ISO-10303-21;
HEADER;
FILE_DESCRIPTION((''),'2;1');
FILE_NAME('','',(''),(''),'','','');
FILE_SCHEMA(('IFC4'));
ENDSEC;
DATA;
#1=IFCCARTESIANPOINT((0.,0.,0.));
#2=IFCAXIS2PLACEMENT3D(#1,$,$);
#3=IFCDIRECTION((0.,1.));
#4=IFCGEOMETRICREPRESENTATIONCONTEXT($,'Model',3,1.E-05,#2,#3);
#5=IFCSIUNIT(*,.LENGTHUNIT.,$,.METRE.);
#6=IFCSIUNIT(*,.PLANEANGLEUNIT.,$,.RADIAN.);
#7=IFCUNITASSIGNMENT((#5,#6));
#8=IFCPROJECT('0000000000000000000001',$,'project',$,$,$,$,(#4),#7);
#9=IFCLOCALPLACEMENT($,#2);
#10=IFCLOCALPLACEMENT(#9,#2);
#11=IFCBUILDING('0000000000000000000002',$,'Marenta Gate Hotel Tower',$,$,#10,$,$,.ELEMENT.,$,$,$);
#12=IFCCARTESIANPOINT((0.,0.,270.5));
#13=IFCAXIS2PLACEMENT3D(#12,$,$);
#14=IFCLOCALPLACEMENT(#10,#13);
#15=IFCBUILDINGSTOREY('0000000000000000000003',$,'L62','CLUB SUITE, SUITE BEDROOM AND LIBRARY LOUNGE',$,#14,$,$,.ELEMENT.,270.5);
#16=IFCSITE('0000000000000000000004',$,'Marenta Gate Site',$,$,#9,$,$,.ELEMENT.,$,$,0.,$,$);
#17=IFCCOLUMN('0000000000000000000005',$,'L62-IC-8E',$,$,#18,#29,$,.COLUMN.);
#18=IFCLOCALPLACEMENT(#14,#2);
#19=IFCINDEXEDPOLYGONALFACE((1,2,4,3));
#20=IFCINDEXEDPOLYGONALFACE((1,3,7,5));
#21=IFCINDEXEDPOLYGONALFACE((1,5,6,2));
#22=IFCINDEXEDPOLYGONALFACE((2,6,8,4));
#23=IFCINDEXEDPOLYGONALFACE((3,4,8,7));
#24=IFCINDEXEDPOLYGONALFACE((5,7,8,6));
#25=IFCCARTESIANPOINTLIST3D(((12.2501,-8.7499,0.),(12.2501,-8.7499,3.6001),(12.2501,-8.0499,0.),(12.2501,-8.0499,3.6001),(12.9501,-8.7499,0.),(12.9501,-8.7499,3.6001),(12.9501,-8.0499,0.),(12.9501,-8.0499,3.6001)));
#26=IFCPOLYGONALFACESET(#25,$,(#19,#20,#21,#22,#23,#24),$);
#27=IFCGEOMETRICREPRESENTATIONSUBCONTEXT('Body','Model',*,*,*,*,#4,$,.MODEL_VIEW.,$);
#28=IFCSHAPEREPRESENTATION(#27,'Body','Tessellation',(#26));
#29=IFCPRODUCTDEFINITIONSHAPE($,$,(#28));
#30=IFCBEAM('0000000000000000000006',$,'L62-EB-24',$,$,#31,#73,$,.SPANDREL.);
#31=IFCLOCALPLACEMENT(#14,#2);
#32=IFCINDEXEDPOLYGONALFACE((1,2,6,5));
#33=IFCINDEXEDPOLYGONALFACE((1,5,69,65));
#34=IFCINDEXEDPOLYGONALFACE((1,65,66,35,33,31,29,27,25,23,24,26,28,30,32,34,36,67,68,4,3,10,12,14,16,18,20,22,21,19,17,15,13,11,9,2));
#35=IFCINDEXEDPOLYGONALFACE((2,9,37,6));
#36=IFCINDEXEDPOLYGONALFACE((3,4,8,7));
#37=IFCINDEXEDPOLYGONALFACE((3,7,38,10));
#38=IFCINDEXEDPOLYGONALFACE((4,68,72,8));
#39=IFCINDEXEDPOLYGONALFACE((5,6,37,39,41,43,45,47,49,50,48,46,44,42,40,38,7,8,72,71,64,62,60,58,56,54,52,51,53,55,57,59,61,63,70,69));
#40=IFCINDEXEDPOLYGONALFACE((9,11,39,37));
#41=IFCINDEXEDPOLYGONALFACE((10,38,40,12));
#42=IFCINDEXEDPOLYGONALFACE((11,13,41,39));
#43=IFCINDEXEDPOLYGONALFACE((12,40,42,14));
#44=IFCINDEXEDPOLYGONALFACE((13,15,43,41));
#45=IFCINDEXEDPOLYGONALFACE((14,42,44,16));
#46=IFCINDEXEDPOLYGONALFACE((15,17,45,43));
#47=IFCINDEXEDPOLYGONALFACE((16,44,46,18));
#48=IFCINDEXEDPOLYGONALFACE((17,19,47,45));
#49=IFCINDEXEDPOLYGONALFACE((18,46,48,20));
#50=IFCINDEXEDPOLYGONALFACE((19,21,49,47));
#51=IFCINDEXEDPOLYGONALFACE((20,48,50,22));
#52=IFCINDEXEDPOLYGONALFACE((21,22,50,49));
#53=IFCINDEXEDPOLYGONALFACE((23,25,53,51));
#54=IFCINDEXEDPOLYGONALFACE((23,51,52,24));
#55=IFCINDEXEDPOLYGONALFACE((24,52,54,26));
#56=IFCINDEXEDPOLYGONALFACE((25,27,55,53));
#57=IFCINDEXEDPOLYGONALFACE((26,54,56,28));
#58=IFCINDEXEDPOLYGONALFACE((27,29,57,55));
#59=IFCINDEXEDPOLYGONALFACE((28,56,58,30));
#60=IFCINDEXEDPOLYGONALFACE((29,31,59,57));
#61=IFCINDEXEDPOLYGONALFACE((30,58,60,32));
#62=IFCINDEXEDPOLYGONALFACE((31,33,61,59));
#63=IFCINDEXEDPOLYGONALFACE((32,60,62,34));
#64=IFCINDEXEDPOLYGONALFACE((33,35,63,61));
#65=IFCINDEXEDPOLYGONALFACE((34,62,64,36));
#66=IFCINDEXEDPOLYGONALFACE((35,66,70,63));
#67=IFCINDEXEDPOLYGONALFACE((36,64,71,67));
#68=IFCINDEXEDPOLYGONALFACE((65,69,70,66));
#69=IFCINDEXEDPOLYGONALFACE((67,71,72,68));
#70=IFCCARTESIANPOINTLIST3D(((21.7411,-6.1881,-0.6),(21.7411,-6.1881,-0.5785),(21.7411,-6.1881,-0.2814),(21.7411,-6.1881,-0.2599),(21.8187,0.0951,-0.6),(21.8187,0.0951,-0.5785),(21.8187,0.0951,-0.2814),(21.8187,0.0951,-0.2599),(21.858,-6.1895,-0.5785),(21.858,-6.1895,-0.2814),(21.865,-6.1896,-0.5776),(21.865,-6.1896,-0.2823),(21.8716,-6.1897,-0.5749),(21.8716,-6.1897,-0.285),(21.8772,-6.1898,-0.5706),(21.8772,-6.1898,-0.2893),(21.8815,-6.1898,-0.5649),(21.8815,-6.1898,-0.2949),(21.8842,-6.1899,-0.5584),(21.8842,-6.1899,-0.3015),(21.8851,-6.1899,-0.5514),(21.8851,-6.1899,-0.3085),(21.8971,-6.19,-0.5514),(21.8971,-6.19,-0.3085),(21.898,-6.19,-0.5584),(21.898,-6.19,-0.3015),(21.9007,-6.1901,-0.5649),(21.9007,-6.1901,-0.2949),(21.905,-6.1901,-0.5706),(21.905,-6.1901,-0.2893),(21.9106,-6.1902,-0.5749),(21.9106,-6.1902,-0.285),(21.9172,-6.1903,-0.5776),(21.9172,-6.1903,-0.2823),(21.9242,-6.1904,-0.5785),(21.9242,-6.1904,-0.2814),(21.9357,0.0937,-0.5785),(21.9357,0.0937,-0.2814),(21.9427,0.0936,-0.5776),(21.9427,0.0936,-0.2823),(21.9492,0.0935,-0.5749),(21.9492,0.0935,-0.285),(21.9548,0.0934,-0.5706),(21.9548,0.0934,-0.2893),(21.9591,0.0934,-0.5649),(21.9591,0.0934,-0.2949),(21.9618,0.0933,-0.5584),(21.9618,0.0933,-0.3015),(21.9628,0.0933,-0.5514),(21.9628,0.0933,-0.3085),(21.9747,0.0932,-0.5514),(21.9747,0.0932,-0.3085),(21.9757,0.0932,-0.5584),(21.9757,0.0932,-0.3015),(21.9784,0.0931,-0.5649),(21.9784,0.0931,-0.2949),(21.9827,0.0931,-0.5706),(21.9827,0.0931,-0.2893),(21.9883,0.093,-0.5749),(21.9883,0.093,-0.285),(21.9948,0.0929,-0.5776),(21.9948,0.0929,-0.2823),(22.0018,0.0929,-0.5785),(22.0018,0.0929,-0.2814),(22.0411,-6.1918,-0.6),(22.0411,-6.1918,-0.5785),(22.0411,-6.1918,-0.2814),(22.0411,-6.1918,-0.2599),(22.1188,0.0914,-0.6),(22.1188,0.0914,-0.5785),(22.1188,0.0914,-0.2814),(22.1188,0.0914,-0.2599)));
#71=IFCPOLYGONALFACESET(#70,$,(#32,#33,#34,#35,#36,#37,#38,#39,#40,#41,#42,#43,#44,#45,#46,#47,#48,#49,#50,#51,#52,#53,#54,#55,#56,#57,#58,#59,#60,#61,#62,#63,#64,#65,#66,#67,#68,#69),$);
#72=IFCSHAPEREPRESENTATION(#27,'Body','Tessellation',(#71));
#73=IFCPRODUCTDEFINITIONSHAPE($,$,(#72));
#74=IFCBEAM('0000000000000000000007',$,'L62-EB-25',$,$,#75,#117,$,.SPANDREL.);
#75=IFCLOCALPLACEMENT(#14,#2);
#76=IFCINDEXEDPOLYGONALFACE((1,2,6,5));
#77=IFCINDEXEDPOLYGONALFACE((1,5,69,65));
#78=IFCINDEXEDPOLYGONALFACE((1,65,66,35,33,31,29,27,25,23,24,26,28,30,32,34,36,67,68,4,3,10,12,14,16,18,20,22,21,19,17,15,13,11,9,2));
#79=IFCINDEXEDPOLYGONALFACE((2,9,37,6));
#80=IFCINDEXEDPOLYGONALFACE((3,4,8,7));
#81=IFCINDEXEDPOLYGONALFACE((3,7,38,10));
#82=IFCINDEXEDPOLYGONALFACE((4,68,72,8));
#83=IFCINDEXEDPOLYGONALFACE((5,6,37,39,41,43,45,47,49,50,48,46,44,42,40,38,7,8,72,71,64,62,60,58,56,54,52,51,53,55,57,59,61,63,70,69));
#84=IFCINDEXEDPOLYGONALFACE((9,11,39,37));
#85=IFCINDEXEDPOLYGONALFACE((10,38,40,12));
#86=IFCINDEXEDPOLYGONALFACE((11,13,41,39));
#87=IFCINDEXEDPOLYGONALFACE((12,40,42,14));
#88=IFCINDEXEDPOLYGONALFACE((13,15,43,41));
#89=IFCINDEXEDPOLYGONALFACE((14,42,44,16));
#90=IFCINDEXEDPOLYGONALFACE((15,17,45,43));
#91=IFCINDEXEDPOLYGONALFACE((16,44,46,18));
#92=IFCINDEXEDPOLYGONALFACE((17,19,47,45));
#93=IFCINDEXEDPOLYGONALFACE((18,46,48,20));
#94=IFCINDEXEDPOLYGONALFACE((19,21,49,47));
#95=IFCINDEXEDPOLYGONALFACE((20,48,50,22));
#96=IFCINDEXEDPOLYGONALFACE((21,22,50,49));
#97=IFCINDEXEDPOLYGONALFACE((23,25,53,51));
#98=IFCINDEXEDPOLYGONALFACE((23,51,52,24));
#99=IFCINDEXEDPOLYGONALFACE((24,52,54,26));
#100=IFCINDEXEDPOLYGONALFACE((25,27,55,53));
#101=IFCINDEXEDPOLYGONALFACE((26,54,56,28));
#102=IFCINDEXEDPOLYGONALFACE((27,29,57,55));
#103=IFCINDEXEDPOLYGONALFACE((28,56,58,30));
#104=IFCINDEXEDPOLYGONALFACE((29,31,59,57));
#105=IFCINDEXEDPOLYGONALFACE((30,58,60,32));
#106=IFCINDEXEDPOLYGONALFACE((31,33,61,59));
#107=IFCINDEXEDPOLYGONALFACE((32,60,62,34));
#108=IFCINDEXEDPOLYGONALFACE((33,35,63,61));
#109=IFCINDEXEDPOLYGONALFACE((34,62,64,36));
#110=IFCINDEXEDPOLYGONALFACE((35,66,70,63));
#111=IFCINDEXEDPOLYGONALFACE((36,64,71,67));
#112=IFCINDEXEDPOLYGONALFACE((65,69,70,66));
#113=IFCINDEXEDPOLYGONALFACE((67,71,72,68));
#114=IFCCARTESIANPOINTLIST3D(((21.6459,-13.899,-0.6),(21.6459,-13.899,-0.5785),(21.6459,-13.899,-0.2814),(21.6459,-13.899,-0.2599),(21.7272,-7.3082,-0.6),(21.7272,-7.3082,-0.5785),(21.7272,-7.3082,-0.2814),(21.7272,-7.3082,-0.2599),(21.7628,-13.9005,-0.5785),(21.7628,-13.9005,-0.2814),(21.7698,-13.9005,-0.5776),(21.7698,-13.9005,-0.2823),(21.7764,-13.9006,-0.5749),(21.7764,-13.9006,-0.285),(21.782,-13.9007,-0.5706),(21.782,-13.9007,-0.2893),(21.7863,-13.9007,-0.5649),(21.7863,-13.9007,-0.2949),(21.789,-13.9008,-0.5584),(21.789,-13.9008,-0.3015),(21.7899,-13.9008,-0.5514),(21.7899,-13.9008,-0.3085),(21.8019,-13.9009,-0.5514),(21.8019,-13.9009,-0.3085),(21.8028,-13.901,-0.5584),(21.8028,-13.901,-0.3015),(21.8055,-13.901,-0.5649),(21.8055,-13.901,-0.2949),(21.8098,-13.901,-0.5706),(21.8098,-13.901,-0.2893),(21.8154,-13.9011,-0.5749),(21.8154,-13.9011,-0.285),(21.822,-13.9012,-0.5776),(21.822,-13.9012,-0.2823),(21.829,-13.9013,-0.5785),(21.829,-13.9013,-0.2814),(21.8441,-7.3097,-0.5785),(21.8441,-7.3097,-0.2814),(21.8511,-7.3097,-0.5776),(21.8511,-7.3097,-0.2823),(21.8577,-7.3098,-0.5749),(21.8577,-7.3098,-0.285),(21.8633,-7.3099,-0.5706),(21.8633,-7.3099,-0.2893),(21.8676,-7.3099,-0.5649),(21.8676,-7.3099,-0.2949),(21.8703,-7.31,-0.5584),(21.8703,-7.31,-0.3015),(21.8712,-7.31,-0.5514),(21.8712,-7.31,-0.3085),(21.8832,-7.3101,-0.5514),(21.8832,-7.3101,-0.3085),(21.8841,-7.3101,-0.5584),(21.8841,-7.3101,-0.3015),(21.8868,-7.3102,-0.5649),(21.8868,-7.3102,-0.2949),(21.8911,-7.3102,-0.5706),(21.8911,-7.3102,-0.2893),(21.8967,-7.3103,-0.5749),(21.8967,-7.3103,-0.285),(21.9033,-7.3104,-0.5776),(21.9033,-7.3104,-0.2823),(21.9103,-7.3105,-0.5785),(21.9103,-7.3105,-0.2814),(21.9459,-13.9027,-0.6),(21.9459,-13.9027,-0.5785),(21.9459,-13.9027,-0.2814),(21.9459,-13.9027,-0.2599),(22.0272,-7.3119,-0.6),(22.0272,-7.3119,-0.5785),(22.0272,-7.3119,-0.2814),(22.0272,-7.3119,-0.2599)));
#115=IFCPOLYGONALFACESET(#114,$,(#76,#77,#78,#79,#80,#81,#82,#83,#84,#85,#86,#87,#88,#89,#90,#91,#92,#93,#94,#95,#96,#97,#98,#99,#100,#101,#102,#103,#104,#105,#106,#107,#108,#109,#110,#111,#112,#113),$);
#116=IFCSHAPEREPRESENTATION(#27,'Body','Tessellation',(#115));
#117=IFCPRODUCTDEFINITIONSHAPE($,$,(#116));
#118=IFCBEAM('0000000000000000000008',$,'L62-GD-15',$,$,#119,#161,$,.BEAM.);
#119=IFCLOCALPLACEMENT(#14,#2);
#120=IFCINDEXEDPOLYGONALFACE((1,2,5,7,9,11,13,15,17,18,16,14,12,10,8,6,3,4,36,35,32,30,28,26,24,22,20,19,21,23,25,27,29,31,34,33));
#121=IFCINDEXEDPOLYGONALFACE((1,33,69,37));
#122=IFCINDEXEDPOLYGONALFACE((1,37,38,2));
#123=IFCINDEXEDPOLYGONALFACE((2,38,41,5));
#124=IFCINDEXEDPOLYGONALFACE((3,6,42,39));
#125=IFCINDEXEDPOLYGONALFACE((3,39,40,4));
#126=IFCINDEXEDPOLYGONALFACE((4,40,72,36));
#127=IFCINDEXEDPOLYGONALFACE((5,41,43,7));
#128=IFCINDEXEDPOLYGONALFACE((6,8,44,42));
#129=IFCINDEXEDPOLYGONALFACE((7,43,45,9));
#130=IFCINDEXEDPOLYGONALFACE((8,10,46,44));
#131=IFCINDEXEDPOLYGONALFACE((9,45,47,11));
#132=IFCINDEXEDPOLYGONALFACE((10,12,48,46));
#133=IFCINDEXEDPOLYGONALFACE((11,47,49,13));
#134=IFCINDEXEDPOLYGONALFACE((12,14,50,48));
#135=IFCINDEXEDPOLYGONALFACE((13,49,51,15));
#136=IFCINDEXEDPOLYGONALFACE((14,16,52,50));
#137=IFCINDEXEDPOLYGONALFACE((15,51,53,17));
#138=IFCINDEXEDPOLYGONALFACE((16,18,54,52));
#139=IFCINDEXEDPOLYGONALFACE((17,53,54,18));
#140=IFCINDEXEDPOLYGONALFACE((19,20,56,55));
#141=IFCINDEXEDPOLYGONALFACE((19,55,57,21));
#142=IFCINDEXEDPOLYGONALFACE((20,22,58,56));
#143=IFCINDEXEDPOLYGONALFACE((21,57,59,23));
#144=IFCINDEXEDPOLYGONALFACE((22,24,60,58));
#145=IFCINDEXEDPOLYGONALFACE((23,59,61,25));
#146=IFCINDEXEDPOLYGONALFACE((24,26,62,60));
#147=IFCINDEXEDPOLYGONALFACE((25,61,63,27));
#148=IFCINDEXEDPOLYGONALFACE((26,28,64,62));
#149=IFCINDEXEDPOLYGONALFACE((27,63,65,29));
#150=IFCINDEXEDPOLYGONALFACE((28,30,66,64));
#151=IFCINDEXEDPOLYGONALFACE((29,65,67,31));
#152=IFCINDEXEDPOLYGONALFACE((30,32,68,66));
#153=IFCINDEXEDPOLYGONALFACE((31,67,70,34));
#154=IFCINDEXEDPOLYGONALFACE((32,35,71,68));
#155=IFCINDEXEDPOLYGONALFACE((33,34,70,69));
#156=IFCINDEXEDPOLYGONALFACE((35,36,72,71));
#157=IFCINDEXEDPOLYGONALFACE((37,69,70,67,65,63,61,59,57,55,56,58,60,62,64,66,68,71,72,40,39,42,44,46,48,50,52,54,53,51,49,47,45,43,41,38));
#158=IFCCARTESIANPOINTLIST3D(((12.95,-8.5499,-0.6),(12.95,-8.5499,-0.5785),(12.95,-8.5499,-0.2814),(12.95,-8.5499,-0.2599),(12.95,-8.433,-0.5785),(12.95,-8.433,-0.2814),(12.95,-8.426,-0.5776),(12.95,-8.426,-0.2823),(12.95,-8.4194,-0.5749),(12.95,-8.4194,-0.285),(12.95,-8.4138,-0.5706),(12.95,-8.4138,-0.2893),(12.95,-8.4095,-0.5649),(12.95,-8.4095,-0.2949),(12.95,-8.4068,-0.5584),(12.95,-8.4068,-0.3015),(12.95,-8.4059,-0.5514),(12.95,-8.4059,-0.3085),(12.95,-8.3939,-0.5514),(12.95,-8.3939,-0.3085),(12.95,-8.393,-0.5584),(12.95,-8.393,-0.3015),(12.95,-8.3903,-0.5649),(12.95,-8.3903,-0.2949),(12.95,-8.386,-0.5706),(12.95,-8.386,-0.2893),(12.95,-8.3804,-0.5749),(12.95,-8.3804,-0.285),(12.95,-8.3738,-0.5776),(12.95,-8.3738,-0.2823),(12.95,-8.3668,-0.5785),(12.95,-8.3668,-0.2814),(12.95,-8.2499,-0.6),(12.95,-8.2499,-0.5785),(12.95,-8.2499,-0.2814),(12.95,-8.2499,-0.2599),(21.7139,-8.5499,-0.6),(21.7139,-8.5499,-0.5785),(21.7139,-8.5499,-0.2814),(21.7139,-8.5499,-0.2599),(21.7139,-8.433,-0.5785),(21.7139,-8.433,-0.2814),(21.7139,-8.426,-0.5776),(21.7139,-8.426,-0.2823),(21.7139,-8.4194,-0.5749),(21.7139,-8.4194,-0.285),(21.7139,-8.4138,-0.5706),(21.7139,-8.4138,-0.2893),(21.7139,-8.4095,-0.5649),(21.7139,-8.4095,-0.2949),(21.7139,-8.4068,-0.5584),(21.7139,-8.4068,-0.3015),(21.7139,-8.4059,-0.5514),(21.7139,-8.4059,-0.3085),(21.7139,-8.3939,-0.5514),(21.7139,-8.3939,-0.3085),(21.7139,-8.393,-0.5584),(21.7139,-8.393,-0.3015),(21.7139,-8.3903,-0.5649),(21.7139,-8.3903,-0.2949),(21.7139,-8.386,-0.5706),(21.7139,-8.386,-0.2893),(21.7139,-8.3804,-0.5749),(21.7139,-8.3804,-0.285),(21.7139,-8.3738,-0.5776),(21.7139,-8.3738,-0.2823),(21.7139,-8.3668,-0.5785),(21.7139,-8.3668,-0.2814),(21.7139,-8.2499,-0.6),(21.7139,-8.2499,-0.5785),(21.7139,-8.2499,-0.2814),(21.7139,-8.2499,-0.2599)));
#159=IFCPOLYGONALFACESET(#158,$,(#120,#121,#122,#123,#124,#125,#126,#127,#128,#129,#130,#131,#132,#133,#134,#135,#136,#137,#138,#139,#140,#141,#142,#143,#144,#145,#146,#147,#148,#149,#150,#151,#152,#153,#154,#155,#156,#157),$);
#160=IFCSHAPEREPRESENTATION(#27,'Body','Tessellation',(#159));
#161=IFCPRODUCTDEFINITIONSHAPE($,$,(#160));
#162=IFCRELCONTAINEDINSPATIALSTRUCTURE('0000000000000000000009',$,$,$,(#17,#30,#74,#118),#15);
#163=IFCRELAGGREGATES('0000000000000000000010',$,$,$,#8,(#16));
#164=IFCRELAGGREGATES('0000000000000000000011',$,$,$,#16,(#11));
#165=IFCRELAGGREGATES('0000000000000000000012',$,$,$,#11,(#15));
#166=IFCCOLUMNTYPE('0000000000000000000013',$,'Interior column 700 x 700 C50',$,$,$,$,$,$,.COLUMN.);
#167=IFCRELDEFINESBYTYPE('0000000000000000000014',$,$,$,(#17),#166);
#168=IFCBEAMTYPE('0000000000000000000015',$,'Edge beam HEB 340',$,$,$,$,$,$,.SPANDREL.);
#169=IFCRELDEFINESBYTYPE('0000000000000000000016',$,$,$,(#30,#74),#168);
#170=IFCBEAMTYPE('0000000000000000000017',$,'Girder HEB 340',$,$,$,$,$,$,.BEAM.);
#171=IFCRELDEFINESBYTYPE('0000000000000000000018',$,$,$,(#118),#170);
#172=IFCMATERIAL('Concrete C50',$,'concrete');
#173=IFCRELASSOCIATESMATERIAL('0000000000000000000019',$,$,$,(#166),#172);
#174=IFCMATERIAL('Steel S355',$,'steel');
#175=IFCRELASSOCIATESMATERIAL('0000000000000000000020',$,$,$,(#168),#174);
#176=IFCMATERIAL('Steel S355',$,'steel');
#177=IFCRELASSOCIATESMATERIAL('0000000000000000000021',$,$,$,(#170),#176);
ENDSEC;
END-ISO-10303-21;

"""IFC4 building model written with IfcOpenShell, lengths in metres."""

from ifc_helpers import new_model, si_unit, direction, frame, origin, origin_2d, place, context, subcontext, project, spatial, rectangle, i_section, extrude, material, material_profile, profile_set, type_object, element, save


model = new_model("IFC4")

# Units and contexts
model_context = context("Model", 3, precision=1e-05, world=origin(), true_north=direction((0.0, 1.0)))
body_context = subcontext(model_context, "Body", "Model", "MODEL_VIEW")
ifc_project = project(units=[si_unit("LENGTHUNIT", "METRE"), si_unit("PLANEANGLEUNIT", "RADIAN")], contexts=[model_context])

# Site, building, storey
site_placement = place(None, origin())
site = spatial("IfcSite", under=ifc_project, at=site_placement, Name="Marenta Gate Site", CompositionType="ELEMENT", RefElevation=0.0)
building_placement = place(site_placement, origin())
building = spatial("IfcBuilding", under=site, at=building_placement, Name="Marenta Gate Hotel Tower", CompositionType="ELEMENT")
storey_placement = place(building_placement, frame((0.0, 0.0, 270.5)))
storey = spatial("IfcBuildingStorey", under=building, at=storey_placement, Name="L62", Description="CLUB SUITE, SUITE BEDROOM AND LIBRARY LOUNGE", CompositionType="ELEMENT", Elevation=270.5)

# Column
ifc_material_1 = material(Name="Concrete C50", Category="concrete")
ifc_material_profile_1 = material_profile(ifc_material_1, rectangle(XDim=0.7, YDim=0.7, at=origin_2d()), Name="700 x 700")
ifc_profile_set_1 = profile_set([ifc_material_profile_1], Name="Concrete C50")
column_type = type_object("IfcColumnType", Name="Interior column 700 x 700 C50", PredefinedType="COLUMN", material=ifc_profile_set_1)
column_placement = place(storey_placement, frame((12.6001, -8.3999, 0.0), z_axis=(0.0, 0.0, 1.0), x_axis=(1.0, 0.0, 0.0)))
element("IfcColumn", 1, at=column_placement, inside=storey, type_object=column_type, Name="L62-IC-8E", PredefinedType="COLUMN", context=body_context, shape_type="SweptSolid", body=[
    extrude(rectangle(XDim=0.7, YDim=0.7, at=origin_2d()), origin(), (0.0, 0.0, 1.0), 3.6001),
])

# Beams
ifc_material_2 = material(Name="Steel S355", Category="steel")
ifc_material_profile_2 = material_profile(ifc_material_2, i_section(OverallWidth=0.3, OverallDepth=0.3401, WebThickness=0.012, FlangeThickness=0.0215, FilletRadius=0.0271, at=origin_2d()), Name="HEB 340")
ifc_profile_set_2 = profile_set([ifc_material_profile_2], Name="Steel S355")
beam_type_1 = type_object("IfcBeamType", Name="Edge beam HEB 340", PredefinedType="SPANDREL", material=ifc_profile_set_2)
beam_1_placement = place(storey_placement, frame((21.9688, 0.0933, -0.4299), z_axis=(-0.012355, -0.999924, 0.0), x_axis=(0.999924, -0.012355, 0.0)))
element("IfcBeam", 2, at=beam_1_placement, inside=storey, type_object=beam_type_1, Name="L62-EB-24", PredefinedType="SPANDREL", context=body_context, shape_type="SweptSolid", body=[
    extrude(i_section(OverallWidth=0.3, OverallDepth=0.3401, WebThickness=0.012, FlangeThickness=0.0215, FilletRadius=0.0271, at=origin_2d()), origin(), (0.0, 0.0, 1.0), 6.2837),
])
beam_2_placement = place(storey_placement, frame((21.8772, -7.3101, -0.4299), z_axis=(-0.012334, -0.999924, 0.0), x_axis=(0.999924, -0.012334, 0.0)))
element("IfcBeam", 3, at=beam_2_placement, inside=storey, type_object=beam_type_1, Name="L62-EB-25", PredefinedType="SPANDREL", context=body_context, shape_type="SweptSolid", body=[
    extrude(i_section(OverallWidth=0.3, OverallDepth=0.3401, WebThickness=0.012, FlangeThickness=0.0215, FilletRadius=0.0271, at=origin_2d()), origin(), (0.0, 0.0, 1.0), 6.5913),
])
ifc_material_3 = material(Name="Steel S355", Category="steel")
ifc_material_profile_3 = material_profile(ifc_material_3, i_section(OverallWidth=0.3, OverallDepth=0.3401, WebThickness=0.012, FlangeThickness=0.0215, FilletRadius=0.0271, at=origin_2d()), Name="HEB 340")
ifc_profile_set_3 = profile_set([ifc_material_profile_3], Name="Steel S355")
beam_type_2 = type_object("IfcBeamType", Name="Girder HEB 340", PredefinedType="BEAM", material=ifc_profile_set_3)
beam_3_placement = place(storey_placement, frame((12.95, -8.3999, -0.4299), z_axis=(1.0, 0.0, 0.0), x_axis=(0.0, 1.0, 0.0)))
element("IfcBeam", 4, at=beam_3_placement, inside=storey, type_object=beam_type_2, Name="L62-GD-15", PredefinedType="BEAM", context=body_context, shape_type="SweptSolid", body=[
    extrude(i_section(OverallWidth=0.3, OverallDepth=0.3401, WebThickness=0.012, FlangeThickness=0.0215, FilletRadius=0.0271, at=origin_2d()), origin(), (0.0, 0.0, 1.0), 8.7639),
])

save(model, "model.ifc")
